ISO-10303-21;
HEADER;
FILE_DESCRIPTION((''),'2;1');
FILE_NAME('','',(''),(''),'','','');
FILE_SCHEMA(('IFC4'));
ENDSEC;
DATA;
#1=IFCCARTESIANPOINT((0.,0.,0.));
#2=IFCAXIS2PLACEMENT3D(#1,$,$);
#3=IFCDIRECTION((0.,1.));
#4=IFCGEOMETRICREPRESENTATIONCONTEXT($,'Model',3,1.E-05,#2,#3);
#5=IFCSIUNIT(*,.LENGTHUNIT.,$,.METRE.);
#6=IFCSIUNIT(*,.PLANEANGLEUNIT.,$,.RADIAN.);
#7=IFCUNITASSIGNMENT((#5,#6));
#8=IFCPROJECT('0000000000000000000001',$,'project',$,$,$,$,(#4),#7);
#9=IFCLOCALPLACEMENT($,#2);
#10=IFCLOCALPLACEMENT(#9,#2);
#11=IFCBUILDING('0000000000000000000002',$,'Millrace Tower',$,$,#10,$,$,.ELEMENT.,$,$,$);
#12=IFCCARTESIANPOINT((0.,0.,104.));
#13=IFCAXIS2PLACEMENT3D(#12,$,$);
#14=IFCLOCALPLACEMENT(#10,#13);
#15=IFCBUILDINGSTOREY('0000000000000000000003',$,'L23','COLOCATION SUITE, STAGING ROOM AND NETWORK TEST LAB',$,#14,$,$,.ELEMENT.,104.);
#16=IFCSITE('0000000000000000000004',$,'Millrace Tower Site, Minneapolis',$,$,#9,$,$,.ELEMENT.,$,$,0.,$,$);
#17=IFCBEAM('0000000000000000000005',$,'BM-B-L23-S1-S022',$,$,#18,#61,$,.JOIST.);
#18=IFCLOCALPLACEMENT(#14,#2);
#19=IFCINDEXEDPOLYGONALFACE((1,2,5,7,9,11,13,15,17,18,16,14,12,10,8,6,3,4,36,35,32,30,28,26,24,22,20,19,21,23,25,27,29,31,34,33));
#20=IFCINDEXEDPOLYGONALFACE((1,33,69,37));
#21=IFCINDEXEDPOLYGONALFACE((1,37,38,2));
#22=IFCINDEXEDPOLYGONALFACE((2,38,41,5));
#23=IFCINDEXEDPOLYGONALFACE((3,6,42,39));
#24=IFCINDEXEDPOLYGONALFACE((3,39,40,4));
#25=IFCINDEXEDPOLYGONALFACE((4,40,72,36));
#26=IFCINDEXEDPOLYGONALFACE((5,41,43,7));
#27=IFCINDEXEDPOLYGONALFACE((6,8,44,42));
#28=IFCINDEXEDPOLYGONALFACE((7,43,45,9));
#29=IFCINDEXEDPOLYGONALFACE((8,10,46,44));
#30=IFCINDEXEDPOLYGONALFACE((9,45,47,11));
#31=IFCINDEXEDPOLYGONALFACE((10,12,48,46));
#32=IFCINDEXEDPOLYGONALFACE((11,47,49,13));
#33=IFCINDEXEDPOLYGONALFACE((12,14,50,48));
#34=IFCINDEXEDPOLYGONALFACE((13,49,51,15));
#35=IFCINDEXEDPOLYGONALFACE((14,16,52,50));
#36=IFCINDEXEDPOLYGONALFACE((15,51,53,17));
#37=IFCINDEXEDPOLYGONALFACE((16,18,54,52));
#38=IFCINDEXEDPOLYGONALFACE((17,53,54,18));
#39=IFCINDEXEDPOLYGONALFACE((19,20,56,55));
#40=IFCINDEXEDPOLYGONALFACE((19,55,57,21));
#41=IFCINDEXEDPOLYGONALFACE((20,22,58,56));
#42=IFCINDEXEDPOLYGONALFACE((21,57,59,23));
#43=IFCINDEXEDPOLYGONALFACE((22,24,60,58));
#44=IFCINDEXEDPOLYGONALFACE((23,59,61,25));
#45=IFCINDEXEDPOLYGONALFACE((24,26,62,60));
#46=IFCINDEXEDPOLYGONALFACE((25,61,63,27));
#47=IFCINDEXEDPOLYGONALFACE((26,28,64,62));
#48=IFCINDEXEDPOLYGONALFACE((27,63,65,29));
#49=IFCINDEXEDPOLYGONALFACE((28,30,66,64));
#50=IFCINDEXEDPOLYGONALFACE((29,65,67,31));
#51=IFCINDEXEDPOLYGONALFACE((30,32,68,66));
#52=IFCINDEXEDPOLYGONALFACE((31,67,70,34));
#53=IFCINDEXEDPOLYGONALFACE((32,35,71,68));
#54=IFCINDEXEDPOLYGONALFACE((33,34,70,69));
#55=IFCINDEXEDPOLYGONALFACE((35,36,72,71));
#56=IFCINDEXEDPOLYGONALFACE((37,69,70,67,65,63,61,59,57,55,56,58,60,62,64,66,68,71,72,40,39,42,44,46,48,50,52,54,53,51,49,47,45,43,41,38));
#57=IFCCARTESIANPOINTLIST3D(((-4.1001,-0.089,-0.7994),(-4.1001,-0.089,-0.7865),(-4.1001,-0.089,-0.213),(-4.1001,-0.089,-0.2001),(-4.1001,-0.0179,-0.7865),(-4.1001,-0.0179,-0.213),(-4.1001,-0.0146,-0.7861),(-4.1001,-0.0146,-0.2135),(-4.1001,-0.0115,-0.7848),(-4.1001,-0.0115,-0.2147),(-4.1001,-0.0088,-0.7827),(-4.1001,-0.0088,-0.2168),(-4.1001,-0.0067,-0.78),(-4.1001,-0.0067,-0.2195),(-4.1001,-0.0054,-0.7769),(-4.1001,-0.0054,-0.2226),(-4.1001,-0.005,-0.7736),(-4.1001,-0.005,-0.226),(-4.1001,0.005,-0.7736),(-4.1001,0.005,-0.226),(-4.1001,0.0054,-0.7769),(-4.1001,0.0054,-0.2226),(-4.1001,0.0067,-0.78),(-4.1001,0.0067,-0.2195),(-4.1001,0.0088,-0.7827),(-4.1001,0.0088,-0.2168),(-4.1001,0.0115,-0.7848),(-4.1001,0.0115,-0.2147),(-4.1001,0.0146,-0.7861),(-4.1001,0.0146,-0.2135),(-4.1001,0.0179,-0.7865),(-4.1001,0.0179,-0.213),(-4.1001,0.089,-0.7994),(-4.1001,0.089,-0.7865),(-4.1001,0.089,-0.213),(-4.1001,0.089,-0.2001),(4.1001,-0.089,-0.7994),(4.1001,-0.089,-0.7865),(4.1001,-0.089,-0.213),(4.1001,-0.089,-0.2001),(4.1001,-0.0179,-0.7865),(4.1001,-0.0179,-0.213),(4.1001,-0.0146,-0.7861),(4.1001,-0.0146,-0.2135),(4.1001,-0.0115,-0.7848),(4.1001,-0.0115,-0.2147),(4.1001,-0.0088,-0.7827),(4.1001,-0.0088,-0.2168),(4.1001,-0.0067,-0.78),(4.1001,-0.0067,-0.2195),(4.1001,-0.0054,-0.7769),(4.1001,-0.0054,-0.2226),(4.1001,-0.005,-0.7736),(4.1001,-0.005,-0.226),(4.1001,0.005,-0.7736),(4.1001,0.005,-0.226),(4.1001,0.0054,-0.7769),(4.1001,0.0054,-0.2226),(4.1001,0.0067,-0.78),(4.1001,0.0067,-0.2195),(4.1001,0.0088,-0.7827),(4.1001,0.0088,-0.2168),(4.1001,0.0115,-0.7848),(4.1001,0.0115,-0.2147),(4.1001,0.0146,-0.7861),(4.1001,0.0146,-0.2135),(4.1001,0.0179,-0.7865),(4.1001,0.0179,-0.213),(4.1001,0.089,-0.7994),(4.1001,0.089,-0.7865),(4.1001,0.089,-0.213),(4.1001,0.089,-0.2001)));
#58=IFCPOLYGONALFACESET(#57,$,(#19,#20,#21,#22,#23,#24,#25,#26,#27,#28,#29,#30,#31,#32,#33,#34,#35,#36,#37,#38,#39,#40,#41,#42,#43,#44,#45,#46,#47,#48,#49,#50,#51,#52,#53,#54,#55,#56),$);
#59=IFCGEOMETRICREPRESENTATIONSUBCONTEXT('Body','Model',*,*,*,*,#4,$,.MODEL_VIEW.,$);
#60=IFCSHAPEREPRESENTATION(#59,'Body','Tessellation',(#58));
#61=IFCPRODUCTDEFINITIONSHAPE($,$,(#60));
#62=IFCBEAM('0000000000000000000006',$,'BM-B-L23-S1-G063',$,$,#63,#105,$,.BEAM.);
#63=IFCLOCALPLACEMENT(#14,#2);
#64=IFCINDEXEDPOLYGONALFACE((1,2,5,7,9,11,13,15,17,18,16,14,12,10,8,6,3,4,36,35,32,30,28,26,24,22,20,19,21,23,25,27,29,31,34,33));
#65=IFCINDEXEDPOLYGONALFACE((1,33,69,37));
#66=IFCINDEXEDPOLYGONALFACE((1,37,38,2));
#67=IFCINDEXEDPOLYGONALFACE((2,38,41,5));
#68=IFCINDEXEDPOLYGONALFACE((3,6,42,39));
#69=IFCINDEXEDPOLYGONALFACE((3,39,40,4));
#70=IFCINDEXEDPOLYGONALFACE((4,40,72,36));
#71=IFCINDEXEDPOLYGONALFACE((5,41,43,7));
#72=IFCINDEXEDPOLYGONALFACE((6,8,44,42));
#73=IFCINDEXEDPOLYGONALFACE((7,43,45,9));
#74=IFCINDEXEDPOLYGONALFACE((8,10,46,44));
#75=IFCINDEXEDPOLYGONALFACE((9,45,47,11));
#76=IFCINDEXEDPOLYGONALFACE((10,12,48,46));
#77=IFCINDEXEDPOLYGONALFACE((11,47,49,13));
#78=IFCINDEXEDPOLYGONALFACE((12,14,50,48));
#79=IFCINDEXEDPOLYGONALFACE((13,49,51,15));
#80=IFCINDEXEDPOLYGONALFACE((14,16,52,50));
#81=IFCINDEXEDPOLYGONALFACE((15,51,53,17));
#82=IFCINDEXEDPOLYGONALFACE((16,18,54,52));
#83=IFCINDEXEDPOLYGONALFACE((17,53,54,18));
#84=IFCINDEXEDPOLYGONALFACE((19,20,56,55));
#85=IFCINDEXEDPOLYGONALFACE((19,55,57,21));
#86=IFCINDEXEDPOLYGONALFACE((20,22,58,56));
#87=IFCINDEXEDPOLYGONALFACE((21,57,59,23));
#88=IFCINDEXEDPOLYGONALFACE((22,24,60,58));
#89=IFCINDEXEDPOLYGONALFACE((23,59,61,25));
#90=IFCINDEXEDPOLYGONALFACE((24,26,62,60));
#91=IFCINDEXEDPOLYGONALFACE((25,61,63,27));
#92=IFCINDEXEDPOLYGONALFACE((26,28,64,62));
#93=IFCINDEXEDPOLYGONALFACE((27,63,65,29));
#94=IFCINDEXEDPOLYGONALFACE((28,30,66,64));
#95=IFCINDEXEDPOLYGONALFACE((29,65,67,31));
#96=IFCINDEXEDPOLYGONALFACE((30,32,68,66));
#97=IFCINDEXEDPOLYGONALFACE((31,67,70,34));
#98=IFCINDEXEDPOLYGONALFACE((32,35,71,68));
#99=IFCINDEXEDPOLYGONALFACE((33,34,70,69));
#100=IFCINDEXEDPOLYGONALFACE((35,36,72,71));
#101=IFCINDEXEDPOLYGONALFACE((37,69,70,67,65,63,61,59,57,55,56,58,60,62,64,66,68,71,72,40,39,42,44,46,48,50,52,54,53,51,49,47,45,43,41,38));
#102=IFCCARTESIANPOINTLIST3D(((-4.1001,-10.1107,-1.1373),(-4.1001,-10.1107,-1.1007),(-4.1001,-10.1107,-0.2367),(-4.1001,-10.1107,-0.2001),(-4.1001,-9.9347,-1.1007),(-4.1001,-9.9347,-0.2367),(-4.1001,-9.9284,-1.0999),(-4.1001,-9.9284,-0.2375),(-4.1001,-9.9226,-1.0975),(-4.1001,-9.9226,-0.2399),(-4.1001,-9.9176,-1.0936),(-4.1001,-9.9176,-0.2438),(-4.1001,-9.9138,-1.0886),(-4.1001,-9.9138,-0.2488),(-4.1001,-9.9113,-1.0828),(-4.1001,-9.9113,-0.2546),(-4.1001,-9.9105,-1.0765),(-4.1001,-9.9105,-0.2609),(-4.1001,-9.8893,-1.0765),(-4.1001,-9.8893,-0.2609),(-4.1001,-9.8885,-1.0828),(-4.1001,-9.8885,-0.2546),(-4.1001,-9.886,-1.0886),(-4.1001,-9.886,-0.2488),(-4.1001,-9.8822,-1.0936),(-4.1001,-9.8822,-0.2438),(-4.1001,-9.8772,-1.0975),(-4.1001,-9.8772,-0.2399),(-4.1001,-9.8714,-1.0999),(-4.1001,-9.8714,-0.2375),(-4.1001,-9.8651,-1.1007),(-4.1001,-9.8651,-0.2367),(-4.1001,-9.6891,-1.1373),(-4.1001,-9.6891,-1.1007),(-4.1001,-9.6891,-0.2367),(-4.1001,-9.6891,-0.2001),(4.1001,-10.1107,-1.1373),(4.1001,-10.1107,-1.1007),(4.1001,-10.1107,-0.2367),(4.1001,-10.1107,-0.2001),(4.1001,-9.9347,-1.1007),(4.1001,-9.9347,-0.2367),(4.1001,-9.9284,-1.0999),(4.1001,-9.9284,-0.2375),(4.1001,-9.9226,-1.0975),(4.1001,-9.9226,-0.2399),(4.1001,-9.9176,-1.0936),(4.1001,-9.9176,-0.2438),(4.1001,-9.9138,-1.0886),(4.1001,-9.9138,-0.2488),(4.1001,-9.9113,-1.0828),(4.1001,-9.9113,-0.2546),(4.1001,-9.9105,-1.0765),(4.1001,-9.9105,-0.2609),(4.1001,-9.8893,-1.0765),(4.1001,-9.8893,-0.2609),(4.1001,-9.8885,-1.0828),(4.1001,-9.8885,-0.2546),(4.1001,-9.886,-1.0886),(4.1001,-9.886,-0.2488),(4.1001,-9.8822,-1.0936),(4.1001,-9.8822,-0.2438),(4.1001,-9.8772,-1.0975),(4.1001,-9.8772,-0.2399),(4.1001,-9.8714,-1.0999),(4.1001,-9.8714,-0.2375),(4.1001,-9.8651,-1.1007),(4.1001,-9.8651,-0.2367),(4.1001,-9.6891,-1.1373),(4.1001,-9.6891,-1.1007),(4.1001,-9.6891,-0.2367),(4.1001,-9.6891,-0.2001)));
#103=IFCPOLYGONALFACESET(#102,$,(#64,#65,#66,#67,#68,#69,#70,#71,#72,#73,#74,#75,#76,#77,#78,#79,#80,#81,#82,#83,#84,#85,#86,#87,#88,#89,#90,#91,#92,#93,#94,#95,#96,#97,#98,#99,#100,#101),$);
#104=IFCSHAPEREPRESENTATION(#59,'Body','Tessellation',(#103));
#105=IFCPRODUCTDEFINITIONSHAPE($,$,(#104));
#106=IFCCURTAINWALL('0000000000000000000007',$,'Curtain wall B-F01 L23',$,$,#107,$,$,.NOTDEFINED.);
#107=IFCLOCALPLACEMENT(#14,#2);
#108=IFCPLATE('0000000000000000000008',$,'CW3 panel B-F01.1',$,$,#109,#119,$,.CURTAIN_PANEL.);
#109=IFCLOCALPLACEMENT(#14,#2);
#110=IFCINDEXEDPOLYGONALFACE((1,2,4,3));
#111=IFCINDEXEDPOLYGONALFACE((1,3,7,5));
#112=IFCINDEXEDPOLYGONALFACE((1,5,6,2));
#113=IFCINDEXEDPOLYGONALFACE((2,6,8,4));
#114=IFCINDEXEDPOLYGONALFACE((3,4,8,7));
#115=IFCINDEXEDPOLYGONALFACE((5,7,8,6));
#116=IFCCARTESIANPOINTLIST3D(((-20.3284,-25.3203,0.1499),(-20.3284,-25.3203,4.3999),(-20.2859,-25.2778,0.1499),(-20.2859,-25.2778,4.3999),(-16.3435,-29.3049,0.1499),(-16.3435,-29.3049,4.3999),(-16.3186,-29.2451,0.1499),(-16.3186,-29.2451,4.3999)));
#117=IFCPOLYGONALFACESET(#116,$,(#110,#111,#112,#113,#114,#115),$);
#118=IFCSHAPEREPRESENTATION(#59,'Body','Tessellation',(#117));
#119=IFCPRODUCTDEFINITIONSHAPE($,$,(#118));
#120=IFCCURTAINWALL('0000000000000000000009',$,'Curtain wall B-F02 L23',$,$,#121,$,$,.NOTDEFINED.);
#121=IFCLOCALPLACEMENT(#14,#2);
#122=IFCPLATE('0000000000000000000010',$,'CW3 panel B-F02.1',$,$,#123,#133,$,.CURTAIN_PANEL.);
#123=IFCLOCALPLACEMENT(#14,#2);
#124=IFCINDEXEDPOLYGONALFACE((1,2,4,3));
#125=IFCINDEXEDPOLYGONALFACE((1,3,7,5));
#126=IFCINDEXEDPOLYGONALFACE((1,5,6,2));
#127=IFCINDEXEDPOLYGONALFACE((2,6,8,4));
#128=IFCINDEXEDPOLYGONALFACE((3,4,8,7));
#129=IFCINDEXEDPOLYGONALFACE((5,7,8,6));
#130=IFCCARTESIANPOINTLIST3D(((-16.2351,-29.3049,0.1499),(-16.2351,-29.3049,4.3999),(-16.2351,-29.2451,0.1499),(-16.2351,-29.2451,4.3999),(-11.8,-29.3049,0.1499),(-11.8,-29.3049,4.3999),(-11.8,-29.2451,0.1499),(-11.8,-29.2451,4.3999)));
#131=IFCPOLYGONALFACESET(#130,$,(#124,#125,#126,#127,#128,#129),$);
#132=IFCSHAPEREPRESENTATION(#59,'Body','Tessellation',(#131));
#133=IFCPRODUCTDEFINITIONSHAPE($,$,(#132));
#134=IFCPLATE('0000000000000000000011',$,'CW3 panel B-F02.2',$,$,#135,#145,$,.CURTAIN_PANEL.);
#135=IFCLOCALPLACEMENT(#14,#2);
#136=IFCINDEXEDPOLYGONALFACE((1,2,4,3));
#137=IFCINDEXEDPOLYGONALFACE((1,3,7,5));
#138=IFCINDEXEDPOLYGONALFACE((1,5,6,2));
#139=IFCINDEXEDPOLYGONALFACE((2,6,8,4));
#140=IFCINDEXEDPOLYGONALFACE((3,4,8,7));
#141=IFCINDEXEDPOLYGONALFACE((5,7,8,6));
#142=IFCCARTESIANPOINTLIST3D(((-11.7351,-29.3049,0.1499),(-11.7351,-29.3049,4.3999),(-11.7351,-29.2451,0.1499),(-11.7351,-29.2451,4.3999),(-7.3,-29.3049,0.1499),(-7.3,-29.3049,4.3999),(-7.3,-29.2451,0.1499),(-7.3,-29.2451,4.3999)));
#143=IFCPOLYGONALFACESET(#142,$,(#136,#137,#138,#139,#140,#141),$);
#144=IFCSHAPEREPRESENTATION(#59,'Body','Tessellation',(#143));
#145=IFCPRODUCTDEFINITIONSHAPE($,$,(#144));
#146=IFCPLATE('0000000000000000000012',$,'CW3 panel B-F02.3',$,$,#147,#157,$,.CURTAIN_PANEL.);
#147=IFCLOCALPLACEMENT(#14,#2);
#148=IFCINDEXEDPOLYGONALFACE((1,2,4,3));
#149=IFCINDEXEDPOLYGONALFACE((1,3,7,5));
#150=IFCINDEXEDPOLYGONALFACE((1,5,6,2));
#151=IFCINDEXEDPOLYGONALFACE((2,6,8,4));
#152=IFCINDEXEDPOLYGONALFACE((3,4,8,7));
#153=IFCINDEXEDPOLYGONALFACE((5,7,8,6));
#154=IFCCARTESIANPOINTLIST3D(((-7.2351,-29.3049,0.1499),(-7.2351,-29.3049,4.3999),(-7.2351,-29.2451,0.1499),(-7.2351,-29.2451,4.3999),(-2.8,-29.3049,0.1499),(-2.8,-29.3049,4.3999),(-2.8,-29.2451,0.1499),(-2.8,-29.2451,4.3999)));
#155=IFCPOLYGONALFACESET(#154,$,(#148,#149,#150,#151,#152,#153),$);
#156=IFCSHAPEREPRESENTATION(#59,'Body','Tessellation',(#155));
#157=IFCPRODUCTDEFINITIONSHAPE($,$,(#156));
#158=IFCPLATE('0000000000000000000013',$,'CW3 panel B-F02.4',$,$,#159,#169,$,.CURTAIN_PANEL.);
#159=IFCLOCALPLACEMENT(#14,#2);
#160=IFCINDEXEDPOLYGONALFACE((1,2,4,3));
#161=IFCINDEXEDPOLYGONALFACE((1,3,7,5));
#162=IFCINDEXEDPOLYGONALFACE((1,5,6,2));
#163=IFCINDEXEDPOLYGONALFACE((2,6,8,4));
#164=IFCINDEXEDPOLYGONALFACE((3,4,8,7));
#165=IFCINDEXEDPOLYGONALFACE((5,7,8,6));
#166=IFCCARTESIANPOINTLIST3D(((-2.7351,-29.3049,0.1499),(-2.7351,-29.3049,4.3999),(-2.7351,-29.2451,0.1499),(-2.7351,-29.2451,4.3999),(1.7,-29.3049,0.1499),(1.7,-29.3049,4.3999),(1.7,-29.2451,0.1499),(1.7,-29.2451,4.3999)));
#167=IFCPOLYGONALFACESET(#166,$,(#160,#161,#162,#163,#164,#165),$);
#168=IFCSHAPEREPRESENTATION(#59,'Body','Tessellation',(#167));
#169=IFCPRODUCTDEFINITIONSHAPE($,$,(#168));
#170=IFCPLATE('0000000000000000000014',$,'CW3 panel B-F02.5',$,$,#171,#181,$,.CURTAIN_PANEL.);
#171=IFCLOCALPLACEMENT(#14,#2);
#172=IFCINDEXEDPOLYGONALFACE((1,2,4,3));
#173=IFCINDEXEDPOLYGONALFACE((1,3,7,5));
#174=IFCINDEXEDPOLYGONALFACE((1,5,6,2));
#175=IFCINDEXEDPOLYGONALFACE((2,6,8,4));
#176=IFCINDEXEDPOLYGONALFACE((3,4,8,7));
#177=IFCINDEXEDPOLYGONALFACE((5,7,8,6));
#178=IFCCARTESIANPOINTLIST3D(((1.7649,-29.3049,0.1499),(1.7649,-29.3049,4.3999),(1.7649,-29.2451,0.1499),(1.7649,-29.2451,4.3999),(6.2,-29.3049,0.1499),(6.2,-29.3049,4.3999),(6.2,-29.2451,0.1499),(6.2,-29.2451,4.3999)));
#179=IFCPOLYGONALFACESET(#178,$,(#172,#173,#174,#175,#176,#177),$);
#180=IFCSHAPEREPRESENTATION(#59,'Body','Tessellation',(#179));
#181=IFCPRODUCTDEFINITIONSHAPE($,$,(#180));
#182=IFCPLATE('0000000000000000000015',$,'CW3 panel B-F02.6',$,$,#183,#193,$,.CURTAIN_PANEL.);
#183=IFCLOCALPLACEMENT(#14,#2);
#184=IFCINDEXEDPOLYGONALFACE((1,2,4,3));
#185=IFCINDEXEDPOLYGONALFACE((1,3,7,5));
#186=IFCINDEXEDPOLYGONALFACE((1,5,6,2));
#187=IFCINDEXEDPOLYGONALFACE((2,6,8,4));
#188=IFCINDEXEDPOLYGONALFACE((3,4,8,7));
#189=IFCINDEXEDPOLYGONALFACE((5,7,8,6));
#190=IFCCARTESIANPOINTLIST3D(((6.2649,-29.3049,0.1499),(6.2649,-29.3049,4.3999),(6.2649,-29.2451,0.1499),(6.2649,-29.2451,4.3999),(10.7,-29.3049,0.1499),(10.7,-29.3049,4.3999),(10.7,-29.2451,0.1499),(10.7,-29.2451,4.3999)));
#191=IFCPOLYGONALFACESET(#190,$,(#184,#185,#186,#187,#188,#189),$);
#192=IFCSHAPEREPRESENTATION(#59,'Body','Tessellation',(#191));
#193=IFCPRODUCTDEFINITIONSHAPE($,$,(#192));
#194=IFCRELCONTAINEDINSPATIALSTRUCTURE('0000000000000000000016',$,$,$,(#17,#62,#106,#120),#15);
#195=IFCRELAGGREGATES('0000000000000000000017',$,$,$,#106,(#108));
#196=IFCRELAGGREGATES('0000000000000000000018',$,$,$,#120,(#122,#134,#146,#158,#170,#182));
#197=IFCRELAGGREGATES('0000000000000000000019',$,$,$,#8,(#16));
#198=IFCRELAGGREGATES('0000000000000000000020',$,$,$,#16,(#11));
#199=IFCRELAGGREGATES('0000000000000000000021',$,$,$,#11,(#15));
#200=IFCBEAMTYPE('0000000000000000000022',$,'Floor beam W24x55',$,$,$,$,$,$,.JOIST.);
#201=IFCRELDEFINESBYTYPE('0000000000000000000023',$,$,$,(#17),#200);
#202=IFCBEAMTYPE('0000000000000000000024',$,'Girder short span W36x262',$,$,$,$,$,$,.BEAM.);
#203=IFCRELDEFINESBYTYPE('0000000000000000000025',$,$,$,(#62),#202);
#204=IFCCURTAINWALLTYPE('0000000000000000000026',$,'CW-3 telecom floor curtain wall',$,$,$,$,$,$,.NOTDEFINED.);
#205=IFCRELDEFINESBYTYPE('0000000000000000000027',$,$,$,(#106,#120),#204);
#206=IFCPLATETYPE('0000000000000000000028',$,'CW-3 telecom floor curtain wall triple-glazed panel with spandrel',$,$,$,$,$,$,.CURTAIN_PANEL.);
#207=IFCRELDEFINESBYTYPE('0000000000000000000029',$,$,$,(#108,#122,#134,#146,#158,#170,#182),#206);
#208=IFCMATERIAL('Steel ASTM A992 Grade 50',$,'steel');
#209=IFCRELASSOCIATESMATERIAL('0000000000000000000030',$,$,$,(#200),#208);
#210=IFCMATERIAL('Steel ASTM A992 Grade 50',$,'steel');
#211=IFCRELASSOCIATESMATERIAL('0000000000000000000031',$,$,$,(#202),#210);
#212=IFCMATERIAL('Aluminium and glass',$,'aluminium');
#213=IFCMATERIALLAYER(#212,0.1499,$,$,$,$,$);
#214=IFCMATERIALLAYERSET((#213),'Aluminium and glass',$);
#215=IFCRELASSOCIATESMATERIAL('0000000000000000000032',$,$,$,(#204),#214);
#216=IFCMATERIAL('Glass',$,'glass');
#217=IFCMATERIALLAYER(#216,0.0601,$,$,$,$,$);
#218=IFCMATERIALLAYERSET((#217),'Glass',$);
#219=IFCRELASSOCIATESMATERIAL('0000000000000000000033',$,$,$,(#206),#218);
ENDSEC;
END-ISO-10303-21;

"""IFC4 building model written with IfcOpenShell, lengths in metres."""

from ifc_helpers import new_model, si_unit, direction, frame, origin, origin_2d, place, context, subcontext, project, spatial, polyline, i_section, outline, extrude, material, layer, layer_set, material_profile, profile_set, type_object, element, aggregate, save


model = new_model("IFC4")

# Units and contexts
model_context = context("Model", 3, precision=1e-05, world=origin(), true_north=direction((0.0, 1.0)))
body_context = subcontext(model_context, "Body", "Model", "MODEL_VIEW")
ifc_project = project(units=[si_unit("LENGTHUNIT", "METRE"), si_unit("PLANEANGLEUNIT", "RADIAN")], contexts=[model_context])

# Site, building, storey
site_placement = place(None, origin())
site = spatial("IfcSite", under=ifc_project, at=site_placement, Name="Millrace Tower Site, Minneapolis", CompositionType="ELEMENT", RefElevation=0.0)
building_placement = place(site_placement, origin())
building = spatial("IfcBuilding", under=site, at=building_placement, Name="Millrace Tower", CompositionType="ELEMENT")
storey_placement = place(building_placement, frame((0.0, 0.0, 104.0)))
storey = spatial("IfcBuildingStorey", under=building, at=storey_placement, Name="L23", Description="COLOCATION SUITE, STAGING ROOM AND NETWORK TEST LAB", CompositionType="ELEMENT", Elevation=104.0)

# Beams
ifc_material_1 = material(Name="Steel ASTM A992 Grade 50", Category="steel")
ifc_material_profile_1 = material_profile(ifc_material_1, i_section(OverallWidth=0.178, OverallDepth=0.5994, WebThickness=0.01, FlangeThickness=0.0129, FilletRadius=0.0129, at=origin_2d()))
ifc_profile_set_1 = profile_set([ifc_material_profile_1], Name="Steel ASTM A992 Grade 50")
beam_type_1 = type_object("IfcBeamType", Name="Floor beam W24x55", PredefinedType="JOIST", material=ifc_profile_set_1)
for number, where, z_axis, x_axis, name in (
    (1, (-4.1001, 0.0, -0.4998), (1.0, 0.0, 0.0), (0.0, 1.0, 0.0), "BM-B-L23-S1-S022"),
):
    element("IfcBeam", number, at=place(storey_placement, frame(where, z_axis=z_axis, x_axis=x_axis)), inside=storey, type_object=beam_type_1, Name=name, PredefinedType="JOIST", context=body_context, shape_type="SweptSolid", body=[
        extrude(i_section(OverallWidth=0.178, OverallDepth=0.5994, WebThickness=0.01, FlangeThickness=0.0129, FilletRadius=0.0129, at=origin_2d()), origin(), (0.0, 0.0, 1.0), 8.2002),
    ])
ifc_material_2 = material(Name="Steel ASTM A992 Grade 50", Category="steel")
ifc_material_profile_2 = material_profile(ifc_material_2, i_section(OverallWidth=0.4216, OverallDepth=0.9373, WebThickness=0.0212, FlangeThickness=0.0366, FilletRadius=0.0242, at=origin_2d()))
ifc_profile_set_2 = profile_set([ifc_material_profile_2], Name="Steel ASTM A992 Grade 50")
beam_type_2 = type_object("IfcBeamType", Name="Girder short span W36x262", PredefinedType="BEAM", material=ifc_profile_set_2)
beam_1_placement = place(storey_placement, frame((-4.1001, -9.8999, -0.6687), z_axis=(1.0, 0.0, 0.0), x_axis=(0.0, 1.0, 0.0)))
element("IfcBeam", 2, at=beam_1_placement, inside=storey, type_object=beam_type_2, Name="BM-B-L23-S1-G063", PredefinedType="BEAM", context=body_context, shape_type="SweptSolid", body=[
    extrude(i_section(OverallWidth=0.4216, OverallDepth=0.9373, WebThickness=0.0212, FlangeThickness=0.0366, FilletRadius=0.0242, at=origin_2d()), origin(), (0.0, 0.0, 1.0), 8.2002),
])

# Curtain wall, plate
ifc_material_3 = material(Name="Aluminium and glass", Category="aluminium")
ifc_layer_1 = layer(ifc_material_3, 0.1499)
ifc_layer_set_1 = layer_set([ifc_layer_1], Name="Aluminium and glass")
curtain_wall_type = type_object("IfcCurtainWallType", Name="CW-3 telecom floor curtain wall", PredefinedType="NOTDEFINED", material=ifc_layer_set_1)
placement_1 = place(storey_placement, origin())
curtain_wall_1 = element("IfcCurtainWall", 3, at=placement_1, inside=storey, type_object=curtain_wall_type, Name="Curtain wall B-F01 L23", PredefinedType="NOTDEFINED")
ifc_material_4 = material(Name="Glass", Category="glass")
ifc_layer_2 = layer(ifc_material_4, 0.0601)
ifc_layer_set_2 = layer_set([ifc_layer_2], Name="Glass")
plate_type = type_object("IfcPlateType", Name="CW-3 telecom floor curtain wall triple-glazed panel with spandrel", PredefinedType="CURTAIN_PANEL", material=ifc_layer_set_2)
placement_2 = place(storey_placement, frame((0.0, 0.0, 0.1499)))
plate_1 = element("IfcPlate", 4, at=placement_2, type_object=plate_type, Name="CW3 panel B-F01.1", PredefinedType="CURTAIN_PANEL", context=body_context, shape_type="SweptSolid", body=[
    extrude(outline(polyline([(-20.3284, -25.3203), (-16.3435, -29.3049), (-16.3186, -29.2451), (-20.2859, -25.2778), (-20.3284, -25.3203)])), origin(), (0.0, 0.0, 1.0), 4.25),
])
aggregate(curtain_wall_1, [plate_1])

# Curtain wall, plates
curtain_wall_2 = element("IfcCurtainWall", 5, at=placement_1, inside=storey, type_object=curtain_wall_type, Name="Curtain wall B-F02 L23", PredefinedType="NOTDEFINED")
plate_2 = element("IfcPlate", 6, at=placement_2, type_object=plate_type, Name="CW3 panel B-F02.1", PredefinedType="CURTAIN_PANEL", context=body_context, shape_type="SweptSolid", body=[
    extrude(outline(polyline([(-16.2351, -29.3049), (-11.8, -29.3049), (-11.8, -29.2451), (-16.2351, -29.2451), (-16.2351, -29.3049)])), origin(), (0.0, 0.0, 1.0), 4.25),
])
plate_3 = element("IfcPlate", 7, at=placement_2, type_object=plate_type, Name="CW3 panel B-F02.2", PredefinedType="CURTAIN_PANEL", context=body_context, shape_type="SweptSolid", body=[
    extrude(outline(polyline([(-11.7351, -29.3049), (-7.3, -29.3049), (-7.3, -29.2451), (-11.7351, -29.2451), (-11.7351, -29.3049)])), origin(), (0.0, 0.0, 1.0), 4.25),
])
plate_4 = element("IfcPlate", 8, at=placement_2, type_object=plate_type, Name="CW3 panel B-F02.3", PredefinedType="CURTAIN_PANEL", context=body_context, shape_type="SweptSolid", body=[
    extrude(outline(polyline([(-7.2351, -29.3049), (-2.8, -29.3049), (-2.8, -29.2451), (-7.2351, -29.2451), (-7.2351, -29.3049)])), origin(), (0.0, 0.0, 1.0), 4.25),
])
plate_5 = element("IfcPlate", 9, at=placement_2, type_object=plate_type, Name="CW3 panel B-F02.4", PredefinedType="CURTAIN_PANEL", context=body_context, shape_type="SweptSolid", body=[
    extrude(outline(polyline([(-2.7351, -29.3049), (1.7, -29.3049), (1.7, -29.2451), (-2.7351, -29.2451), (-2.7351, -29.3049)])), origin(), (0.0, 0.0, 1.0), 4.25),
])
plate_6 = element("IfcPlate", 10, at=placement_2, type_object=plate_type, Name="CW3 panel B-F02.5", PredefinedType="CURTAIN_PANEL", context=body_context, shape_type="SweptSolid", body=[
    extrude(outline(polyline([(1.7649, -29.3049), (6.2, -29.3049), (6.2, -29.2451), (1.7649, -29.2451), (1.7649, -29.3049)])), origin(), (0.0, 0.0, 1.0), 4.25),
])
plate_7 = element("IfcPlate", 11, at=placement_2, type_object=plate_type, Name="CW3 panel B-F02.6", PredefinedType="CURTAIN_PANEL", context=body_context, shape_type="SweptSolid", body=[
    extrude(outline(polyline([(6.2649, -29.3049), (10.7, -29.3049), (10.7, -29.2451), (6.2649, -29.2451), (6.2649, -29.3049)])), origin(), (0.0, 0.0, 1.0), 4.25),
])
aggregate(curtain_wall_2, [plate_2, plate_3, plate_4, plate_5, plate_6, plate_7])

save(model, "model.ifc")
